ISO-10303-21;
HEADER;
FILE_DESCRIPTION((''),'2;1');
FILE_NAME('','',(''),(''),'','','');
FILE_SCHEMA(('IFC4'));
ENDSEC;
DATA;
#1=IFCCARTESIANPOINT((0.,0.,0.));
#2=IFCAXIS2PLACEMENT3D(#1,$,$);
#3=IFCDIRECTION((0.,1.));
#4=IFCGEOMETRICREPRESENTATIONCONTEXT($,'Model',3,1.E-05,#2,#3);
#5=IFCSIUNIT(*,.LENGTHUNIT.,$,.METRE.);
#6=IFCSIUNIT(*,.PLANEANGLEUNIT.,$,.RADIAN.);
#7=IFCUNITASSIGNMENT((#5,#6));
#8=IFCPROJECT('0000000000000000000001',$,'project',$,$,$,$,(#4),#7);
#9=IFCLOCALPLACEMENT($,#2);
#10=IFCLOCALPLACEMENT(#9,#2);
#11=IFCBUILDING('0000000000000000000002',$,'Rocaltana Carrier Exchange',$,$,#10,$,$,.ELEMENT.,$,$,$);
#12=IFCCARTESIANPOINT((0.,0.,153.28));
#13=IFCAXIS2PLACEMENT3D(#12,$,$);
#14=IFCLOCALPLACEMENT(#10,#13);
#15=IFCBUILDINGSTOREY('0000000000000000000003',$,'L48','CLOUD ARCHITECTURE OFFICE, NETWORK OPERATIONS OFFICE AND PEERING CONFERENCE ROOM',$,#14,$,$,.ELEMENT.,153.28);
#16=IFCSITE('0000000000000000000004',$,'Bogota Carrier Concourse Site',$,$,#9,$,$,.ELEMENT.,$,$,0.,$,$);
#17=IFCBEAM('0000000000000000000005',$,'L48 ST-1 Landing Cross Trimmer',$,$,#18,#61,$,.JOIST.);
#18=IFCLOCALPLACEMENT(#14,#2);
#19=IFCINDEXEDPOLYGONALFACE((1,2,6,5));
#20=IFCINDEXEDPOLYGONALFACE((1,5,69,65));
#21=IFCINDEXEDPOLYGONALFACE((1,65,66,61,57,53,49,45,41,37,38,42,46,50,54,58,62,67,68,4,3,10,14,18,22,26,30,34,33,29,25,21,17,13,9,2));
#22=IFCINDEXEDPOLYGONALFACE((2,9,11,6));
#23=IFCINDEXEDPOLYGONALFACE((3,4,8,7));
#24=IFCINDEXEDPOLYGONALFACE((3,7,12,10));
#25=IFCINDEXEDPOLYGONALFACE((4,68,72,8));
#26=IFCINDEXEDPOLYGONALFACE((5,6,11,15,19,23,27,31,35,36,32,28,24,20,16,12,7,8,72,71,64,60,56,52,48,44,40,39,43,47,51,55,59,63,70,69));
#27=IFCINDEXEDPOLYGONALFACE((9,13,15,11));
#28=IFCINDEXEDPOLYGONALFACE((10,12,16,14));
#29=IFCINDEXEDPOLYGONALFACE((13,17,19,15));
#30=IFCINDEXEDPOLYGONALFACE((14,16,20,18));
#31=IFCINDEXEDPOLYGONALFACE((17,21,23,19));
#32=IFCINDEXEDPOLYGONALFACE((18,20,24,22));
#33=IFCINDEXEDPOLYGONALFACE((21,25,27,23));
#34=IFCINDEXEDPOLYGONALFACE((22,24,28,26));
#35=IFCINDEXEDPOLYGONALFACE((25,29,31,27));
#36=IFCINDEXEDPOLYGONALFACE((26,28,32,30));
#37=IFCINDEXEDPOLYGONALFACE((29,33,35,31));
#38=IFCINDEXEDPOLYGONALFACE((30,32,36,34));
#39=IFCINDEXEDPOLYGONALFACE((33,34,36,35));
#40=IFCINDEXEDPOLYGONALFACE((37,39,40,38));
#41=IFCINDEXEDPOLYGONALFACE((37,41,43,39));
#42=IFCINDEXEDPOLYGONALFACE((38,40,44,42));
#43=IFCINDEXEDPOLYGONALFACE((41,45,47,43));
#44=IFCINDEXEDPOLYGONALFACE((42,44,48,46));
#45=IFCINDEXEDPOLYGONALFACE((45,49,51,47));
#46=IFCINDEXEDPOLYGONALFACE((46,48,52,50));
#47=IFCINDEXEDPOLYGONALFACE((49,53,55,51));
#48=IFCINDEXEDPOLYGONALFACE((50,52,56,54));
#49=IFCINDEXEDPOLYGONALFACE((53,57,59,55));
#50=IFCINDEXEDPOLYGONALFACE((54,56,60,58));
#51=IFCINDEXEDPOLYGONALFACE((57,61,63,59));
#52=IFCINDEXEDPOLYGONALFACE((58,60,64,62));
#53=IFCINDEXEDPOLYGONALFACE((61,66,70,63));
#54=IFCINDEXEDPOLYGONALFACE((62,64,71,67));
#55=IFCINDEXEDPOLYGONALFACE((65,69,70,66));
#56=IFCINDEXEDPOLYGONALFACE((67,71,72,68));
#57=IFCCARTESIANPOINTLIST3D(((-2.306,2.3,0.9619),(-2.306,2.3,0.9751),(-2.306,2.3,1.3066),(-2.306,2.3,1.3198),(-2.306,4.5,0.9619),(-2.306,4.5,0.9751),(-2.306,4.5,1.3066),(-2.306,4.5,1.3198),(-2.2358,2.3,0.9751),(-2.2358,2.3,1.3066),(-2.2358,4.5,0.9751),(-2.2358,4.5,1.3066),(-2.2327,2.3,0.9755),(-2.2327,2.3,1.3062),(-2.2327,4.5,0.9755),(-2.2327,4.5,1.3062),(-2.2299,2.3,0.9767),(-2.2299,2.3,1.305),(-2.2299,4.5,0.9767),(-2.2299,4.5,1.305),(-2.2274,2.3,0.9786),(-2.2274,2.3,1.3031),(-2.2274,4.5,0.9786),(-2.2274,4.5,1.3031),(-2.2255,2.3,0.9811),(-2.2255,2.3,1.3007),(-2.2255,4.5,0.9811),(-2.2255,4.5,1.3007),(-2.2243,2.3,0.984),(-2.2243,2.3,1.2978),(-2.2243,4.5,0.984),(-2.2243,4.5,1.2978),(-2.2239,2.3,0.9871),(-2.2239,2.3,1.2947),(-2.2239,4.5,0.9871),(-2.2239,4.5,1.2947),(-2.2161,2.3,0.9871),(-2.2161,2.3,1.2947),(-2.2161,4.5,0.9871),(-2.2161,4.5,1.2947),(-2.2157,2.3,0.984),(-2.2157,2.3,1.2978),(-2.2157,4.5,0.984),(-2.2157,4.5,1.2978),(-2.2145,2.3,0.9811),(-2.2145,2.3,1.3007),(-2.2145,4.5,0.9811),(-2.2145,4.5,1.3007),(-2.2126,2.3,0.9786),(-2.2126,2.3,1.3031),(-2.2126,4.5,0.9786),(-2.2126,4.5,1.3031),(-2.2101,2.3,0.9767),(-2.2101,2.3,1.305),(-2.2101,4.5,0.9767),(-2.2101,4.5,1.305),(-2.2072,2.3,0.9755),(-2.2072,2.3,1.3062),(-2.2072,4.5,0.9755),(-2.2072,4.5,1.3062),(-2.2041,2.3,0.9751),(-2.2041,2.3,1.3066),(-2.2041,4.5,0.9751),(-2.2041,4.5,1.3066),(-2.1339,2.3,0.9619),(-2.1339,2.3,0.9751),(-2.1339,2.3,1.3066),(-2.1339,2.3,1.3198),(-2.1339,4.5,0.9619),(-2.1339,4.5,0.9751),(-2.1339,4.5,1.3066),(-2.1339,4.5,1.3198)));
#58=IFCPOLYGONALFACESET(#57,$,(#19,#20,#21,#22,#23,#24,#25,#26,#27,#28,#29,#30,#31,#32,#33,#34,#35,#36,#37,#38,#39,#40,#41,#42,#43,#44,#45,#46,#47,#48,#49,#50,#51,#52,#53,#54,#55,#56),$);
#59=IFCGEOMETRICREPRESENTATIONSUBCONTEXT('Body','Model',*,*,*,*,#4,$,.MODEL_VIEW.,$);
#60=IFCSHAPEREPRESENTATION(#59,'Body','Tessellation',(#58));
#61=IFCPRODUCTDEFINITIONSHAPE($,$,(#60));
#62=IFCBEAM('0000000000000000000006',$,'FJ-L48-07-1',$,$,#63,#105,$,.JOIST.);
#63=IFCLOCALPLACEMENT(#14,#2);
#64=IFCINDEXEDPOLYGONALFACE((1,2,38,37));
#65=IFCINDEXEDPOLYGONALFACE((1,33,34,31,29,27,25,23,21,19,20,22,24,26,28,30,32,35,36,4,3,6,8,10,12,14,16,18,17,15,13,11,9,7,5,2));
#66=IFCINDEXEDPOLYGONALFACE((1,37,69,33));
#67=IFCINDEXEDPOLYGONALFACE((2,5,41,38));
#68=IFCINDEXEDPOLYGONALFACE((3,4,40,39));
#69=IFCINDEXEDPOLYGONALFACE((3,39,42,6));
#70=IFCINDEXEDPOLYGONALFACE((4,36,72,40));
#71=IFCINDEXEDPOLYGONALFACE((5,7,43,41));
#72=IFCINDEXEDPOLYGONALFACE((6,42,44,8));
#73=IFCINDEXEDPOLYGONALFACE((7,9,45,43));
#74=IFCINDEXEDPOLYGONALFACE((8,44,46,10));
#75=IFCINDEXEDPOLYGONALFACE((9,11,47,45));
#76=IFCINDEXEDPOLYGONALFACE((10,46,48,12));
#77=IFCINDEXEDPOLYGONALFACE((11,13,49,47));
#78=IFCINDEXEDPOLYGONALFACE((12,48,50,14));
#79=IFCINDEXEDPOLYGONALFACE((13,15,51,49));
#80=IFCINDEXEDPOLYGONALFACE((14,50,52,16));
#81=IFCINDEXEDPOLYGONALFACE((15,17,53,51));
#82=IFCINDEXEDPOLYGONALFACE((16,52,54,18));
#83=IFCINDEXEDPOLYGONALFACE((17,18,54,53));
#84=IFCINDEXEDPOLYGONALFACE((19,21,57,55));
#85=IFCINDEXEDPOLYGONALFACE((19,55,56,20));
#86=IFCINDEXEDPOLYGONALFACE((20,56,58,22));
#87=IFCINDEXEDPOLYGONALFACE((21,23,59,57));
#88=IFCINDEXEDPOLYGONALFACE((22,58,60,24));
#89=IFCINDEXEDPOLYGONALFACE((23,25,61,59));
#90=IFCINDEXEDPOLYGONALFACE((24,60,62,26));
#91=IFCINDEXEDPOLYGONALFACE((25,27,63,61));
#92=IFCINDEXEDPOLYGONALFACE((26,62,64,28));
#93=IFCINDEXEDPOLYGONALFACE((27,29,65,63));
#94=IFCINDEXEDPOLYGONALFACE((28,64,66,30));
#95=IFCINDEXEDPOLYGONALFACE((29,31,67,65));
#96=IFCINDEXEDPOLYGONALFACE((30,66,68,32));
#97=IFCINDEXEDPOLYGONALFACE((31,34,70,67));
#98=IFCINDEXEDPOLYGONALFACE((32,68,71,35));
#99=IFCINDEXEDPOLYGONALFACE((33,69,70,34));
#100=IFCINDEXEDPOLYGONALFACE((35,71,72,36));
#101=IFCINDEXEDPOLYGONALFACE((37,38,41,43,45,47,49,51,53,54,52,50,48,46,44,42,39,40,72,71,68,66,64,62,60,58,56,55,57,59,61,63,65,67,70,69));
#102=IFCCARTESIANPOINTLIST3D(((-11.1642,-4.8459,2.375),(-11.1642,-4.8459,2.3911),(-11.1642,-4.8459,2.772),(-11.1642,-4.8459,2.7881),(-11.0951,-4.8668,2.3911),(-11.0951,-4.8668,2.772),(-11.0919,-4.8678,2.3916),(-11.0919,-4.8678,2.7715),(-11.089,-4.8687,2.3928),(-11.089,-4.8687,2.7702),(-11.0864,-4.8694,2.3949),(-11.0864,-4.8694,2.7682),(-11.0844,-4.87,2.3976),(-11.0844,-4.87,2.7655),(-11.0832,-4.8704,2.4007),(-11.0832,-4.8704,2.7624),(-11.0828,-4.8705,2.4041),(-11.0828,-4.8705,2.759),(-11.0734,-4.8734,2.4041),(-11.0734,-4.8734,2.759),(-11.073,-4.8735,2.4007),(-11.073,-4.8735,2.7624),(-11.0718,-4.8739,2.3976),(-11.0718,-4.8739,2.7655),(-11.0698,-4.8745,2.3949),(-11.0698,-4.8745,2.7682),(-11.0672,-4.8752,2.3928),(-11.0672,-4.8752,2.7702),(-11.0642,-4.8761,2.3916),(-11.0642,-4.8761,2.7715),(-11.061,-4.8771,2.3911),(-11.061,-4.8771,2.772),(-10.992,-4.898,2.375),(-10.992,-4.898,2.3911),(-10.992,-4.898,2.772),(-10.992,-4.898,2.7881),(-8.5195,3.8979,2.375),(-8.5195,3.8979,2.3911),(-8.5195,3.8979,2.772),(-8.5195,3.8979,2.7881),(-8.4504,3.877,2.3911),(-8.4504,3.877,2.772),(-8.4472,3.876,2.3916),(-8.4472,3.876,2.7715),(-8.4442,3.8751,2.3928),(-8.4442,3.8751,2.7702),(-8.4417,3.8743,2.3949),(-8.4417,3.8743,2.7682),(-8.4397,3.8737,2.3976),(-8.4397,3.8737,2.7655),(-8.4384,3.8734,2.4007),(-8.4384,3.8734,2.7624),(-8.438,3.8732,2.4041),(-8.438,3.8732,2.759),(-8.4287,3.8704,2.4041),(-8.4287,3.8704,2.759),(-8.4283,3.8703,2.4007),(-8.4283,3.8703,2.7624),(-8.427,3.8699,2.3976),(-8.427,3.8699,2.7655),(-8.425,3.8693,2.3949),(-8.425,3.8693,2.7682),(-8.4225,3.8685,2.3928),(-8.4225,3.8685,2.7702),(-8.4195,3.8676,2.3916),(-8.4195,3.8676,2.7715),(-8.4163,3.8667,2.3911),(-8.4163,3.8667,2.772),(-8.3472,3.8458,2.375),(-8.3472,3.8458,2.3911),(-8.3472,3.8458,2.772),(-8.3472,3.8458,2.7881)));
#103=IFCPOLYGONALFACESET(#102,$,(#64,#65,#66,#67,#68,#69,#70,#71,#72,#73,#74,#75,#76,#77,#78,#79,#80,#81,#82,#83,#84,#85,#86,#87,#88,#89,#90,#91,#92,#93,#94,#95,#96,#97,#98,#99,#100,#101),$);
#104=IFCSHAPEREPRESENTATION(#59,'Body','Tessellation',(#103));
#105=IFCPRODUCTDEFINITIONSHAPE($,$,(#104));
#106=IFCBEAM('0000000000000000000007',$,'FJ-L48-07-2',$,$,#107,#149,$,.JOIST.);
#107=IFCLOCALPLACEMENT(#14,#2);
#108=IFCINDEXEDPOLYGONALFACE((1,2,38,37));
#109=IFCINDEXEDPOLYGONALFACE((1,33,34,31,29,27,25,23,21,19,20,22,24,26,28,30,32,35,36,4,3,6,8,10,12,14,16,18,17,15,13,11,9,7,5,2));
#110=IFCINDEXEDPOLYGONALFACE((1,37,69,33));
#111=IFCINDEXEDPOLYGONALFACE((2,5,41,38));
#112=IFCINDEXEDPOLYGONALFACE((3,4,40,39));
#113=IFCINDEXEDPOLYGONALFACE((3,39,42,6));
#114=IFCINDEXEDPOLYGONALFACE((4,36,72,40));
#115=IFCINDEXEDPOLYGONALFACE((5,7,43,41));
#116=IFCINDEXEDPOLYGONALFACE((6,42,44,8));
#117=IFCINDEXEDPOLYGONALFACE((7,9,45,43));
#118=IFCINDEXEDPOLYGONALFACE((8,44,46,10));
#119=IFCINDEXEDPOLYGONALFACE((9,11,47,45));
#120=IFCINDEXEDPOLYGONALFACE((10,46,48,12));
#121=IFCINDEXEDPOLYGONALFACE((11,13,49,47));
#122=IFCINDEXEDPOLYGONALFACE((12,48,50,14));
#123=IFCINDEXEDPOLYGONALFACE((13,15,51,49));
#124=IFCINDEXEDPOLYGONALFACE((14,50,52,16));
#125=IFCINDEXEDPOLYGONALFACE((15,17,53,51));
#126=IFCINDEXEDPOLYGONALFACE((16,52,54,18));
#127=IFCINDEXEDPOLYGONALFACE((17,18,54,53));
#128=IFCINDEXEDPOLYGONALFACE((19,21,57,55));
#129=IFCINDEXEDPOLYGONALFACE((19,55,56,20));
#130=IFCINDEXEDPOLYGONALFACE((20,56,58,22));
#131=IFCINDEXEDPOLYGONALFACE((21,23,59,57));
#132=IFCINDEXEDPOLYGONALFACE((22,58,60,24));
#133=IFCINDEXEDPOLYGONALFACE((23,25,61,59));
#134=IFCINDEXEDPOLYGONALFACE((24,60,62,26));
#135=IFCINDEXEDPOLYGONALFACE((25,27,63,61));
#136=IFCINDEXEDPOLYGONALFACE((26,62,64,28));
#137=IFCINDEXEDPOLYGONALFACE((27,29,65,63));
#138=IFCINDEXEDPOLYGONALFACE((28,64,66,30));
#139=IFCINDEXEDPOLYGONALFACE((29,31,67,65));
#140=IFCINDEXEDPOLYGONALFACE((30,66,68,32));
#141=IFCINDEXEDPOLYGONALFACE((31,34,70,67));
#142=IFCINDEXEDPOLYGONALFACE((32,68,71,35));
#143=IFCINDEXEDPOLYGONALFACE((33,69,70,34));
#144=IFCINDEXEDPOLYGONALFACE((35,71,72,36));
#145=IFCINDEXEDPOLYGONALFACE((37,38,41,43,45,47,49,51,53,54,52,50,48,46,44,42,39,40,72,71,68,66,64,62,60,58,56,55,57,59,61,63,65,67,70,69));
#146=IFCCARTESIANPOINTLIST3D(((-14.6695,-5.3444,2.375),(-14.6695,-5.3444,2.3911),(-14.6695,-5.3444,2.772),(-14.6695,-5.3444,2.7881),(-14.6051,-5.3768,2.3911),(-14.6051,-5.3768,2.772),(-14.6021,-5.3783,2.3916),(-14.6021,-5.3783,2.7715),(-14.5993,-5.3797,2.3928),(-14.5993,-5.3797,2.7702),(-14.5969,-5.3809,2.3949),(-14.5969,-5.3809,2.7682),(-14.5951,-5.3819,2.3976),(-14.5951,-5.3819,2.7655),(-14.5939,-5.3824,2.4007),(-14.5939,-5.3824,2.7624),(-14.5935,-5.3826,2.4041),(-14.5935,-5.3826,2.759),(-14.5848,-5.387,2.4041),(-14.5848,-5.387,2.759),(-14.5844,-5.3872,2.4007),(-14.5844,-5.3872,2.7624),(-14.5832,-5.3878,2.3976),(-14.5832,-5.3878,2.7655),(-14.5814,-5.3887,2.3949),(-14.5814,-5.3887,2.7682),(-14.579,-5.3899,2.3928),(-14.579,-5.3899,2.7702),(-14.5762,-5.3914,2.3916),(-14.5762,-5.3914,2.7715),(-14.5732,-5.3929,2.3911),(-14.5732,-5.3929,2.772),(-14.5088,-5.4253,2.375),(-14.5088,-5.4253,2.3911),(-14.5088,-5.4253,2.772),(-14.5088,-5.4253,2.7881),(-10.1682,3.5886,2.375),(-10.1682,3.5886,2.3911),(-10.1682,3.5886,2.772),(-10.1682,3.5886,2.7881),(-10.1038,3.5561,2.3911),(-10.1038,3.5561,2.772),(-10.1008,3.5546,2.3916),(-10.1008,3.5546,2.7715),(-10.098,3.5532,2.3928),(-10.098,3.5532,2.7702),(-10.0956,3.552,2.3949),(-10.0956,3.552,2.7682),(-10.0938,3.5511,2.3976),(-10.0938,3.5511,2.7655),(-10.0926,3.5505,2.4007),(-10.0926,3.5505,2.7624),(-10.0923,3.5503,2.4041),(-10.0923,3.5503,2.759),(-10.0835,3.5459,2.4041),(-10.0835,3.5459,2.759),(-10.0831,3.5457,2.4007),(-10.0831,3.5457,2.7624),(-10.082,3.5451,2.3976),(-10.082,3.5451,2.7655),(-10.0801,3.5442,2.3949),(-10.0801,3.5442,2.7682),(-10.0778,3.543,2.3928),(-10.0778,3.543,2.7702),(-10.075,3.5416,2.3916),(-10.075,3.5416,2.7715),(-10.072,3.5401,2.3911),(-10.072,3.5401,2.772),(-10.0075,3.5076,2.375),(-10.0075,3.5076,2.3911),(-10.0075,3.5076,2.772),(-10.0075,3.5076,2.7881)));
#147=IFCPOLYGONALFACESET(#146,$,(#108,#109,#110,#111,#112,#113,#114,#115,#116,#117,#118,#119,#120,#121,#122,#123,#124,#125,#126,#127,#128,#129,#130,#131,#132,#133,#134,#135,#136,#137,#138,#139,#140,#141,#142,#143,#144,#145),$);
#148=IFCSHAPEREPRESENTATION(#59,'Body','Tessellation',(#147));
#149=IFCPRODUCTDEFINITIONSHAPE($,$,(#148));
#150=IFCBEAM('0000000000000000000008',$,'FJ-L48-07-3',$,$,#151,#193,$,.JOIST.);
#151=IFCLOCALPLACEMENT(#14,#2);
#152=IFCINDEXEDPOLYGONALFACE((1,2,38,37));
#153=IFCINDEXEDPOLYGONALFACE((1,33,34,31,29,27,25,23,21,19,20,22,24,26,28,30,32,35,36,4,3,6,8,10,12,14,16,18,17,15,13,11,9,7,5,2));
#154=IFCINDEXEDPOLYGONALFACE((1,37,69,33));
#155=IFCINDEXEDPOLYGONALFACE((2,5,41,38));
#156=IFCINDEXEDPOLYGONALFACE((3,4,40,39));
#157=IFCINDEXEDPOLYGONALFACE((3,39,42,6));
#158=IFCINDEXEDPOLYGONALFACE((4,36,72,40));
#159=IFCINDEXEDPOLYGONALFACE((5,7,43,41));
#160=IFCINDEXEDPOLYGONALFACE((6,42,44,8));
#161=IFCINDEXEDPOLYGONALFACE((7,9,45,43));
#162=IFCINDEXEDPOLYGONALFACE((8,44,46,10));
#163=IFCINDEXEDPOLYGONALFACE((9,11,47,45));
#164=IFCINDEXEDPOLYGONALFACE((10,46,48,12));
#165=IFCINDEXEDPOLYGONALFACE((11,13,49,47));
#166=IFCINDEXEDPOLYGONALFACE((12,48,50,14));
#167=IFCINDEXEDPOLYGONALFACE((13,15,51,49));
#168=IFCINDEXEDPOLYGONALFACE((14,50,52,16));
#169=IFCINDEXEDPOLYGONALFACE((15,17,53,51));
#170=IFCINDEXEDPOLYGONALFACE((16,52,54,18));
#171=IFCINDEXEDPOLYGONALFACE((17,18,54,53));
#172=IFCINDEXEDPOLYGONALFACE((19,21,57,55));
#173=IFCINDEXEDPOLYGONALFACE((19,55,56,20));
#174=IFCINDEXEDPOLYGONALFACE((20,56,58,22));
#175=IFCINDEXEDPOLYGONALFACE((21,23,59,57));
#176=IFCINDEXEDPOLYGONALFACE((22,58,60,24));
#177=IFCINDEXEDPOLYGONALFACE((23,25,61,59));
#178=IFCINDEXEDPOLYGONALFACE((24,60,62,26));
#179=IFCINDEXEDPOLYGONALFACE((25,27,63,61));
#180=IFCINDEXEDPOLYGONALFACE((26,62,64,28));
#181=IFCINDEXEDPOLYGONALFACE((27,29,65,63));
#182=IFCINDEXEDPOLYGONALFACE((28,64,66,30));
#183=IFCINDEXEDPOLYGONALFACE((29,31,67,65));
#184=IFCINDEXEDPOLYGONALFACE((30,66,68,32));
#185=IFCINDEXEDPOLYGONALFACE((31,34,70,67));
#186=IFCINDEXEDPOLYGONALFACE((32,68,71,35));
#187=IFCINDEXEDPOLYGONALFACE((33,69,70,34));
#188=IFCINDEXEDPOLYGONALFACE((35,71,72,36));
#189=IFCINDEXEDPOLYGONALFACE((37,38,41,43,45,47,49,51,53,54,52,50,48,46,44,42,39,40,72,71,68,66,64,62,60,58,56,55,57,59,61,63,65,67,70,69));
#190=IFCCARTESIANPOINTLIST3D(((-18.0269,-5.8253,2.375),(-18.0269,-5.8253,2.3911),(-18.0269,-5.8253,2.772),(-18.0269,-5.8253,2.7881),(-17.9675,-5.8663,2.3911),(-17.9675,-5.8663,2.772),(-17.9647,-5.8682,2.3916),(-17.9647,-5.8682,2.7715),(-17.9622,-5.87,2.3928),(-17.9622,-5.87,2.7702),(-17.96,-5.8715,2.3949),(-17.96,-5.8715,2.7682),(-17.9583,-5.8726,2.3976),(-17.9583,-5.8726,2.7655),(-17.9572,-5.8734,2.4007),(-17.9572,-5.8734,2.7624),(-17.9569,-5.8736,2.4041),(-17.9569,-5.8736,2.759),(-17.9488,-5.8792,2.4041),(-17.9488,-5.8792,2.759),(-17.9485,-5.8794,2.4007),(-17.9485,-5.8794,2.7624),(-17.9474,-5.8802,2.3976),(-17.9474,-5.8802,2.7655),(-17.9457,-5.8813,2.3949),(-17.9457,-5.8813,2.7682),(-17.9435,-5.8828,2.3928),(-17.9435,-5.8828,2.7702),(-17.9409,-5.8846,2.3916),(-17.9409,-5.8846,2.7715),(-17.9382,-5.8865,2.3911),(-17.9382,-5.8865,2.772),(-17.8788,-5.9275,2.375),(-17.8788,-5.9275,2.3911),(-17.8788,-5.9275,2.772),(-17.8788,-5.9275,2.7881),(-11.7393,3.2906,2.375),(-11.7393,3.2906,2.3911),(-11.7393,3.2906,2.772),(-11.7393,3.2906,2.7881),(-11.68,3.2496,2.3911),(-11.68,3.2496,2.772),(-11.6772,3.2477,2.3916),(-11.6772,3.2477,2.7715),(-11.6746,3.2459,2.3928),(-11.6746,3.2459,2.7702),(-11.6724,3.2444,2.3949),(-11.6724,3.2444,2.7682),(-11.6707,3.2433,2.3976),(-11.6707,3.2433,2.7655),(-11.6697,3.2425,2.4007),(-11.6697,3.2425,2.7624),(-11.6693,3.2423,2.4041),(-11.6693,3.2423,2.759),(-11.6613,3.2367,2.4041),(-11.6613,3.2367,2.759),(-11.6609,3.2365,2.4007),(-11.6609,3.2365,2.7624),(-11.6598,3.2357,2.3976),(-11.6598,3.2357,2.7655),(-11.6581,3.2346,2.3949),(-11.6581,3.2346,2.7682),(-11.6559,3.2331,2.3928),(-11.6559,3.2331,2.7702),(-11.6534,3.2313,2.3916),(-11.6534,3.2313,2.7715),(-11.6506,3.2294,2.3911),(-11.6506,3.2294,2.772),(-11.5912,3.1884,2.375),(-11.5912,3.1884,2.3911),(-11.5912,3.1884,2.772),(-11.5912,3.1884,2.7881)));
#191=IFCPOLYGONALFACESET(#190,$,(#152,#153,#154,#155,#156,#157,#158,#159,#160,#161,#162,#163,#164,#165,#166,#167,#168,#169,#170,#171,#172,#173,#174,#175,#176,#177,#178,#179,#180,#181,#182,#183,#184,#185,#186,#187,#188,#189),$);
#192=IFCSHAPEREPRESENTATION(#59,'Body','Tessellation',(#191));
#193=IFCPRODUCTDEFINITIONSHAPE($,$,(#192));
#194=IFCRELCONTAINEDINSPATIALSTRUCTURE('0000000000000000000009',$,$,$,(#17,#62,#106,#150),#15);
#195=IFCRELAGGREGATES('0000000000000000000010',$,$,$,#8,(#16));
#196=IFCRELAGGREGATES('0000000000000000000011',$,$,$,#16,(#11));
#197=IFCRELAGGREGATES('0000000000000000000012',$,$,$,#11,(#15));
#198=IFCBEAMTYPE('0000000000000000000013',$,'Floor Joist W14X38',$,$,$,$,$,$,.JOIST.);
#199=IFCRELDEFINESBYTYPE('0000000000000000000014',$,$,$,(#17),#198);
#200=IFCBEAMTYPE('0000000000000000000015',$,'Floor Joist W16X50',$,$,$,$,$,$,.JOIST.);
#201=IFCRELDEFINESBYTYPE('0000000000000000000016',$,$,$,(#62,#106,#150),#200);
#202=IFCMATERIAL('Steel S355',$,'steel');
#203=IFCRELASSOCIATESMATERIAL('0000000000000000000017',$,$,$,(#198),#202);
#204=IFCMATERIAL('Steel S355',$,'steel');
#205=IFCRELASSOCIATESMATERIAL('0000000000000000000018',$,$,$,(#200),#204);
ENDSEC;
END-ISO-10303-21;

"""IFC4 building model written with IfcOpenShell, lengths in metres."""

from ifc_helpers import new_model, si_unit, direction, frame, origin, origin_2d, place, context, subcontext, project, spatial, i_section, extrude, material, material_profile, profile_set, type_object, element, save


model = new_model("IFC4")

# Units and contexts
model_context = context("Model", 3, precision=1e-05, world=origin(), true_north=direction((0.0, 1.0)))
body_context = subcontext(model_context, "Body", "Model", "MODEL_VIEW")
ifc_project = project(units=[si_unit("LENGTHUNIT", "METRE"), si_unit("PLANEANGLEUNIT", "RADIAN")], contexts=[model_context])

# Site, building, storey
site_placement = place(None, origin())
site = spatial("IfcSite", under=ifc_project, at=site_placement, Name="Bogota Carrier Concourse Site", CompositionType="ELEMENT", RefElevation=0.0)
building_placement = place(site_placement, origin())
building = spatial("IfcBuilding", under=site, at=building_placement, Name="Rocaltana Carrier Exchange", CompositionType="ELEMENT")
storey_placement = place(building_placement, frame((0.0, 0.0, 153.28)))
storey = spatial("IfcBuildingStorey", under=building, at=storey_placement, Name="L48", Description="CLOUD ARCHITECTURE OFFICE, NETWORK OPERATIONS OFFICE AND PEERING CONFERENCE ROOM", CompositionType="ELEMENT", Elevation=153.28)

# Beams
ifc_material_1 = material(Name="Steel S355", Category="steel")
ifc_material_profile_1 = material_profile(ifc_material_1, i_section(OverallWidth=0.1721, OverallDepth=0.3579, WebThickness=0.0078, FlangeThickness=0.0132, FilletRadius=0.012, at=origin_2d()), Name="W14X38")
ifc_profile_set_1 = profile_set([ifc_material_profile_1], Name="Steel S355")
beam_type_1 = type_object("IfcBeamType", Name="Floor Joist W14X38", PredefinedType="JOIST", material=ifc_profile_set_1)
beam_1_placement = place(storey_placement, frame((-2.22, 2.3, 1.1409), z_axis=(0.0, 1.0, 0.0), x_axis=(-1.0, 0.0, 0.0)))
element("IfcBeam", 1, at=beam_1_placement, inside=storey, type_object=beam_type_1, Name="L48 ST-1 Landing Cross Trimmer", PredefinedType="JOIST", context=body_context, shape_type="SweptSolid", body=[
    extrude(i_section(OverallWidth=0.1721, OverallDepth=0.3579, WebThickness=0.0078, FlangeThickness=0.0132, FilletRadius=0.012, at=origin_2d()), origin(), (0.0, 0.0, 1.0), 2.2),
])
ifc_material_2 = material(Name="Steel S355", Category="steel")
ifc_material_profile_2 = material_profile(ifc_material_2, i_section(OverallWidth=0.1799, OverallDepth=0.4131, WebThickness=0.0098, FlangeThickness=0.0161, FilletRadius=0.0129, at=origin_2d()), Name="W16X50")
ifc_profile_set_2 = profile_set([ifc_material_profile_2], Name="Steel S355")
beam_type_2 = type_object("IfcBeamType", Name="Floor Joist W16X50", PredefinedType="JOIST", material=ifc_profile_set_2)
beam_2_placement = place(storey_placement, frame((-8.4333, 3.8718, 2.5815), z_axis=(-0.289517, -0.957173, 0.0), x_axis=(0.957173, -0.289517, 0.0)))
element("IfcBeam", 2, at=beam_2_placement, inside=storey, type_object=beam_type_2, Name="FJ-L48-07-1", PredefinedType="JOIST", context=body_context, shape_type="SweptSolid", body=[
    extrude(i_section(OverallWidth=0.1799, OverallDepth=0.4131, WebThickness=0.0098, FlangeThickness=0.0161, FilletRadius=0.0129, at=origin_2d()), origin(), (0.0, 0.0, 1.0), 9.135),
])
beam_3_placement = place(storey_placement, frame((-10.0879, 3.5481, 2.5815), z_axis=(-0.449994, -0.893032, 0.0), x_axis=(0.893032, -0.449994, 0.0)))
element("IfcBeam", 3, at=beam_3_placement, inside=storey, type_object=beam_type_2, Name="FJ-L48-07-2", PredefinedType="JOIST", context=body_context, shape_type="SweptSolid", body=[
    extrude(i_section(OverallWidth=0.1799, OverallDepth=0.4131, WebThickness=0.0098, FlangeThickness=0.0161, FilletRadius=0.0129, at=origin_2d()), origin(), (0.0, 0.0, 1.0), 10.0029),
])
beam_4_placement = place(storey_placement, frame((-11.6653, 3.2395, 2.5815), z_axis=(-0.567777, -0.823182, 0.0), x_axis=(0.823182, -0.567777, 0.0)))
element("IfcBeam", 4, at=beam_4_placement, inside=storey, type_object=beam_type_2, Name="FJ-L48-07-3", PredefinedType="JOIST", context=body_context, shape_type="SweptSolid", body=[
    extrude(i_section(OverallWidth=0.1799, OverallDepth=0.4131, WebThickness=0.0098, FlangeThickness=0.0161, FilletRadius=0.0129, at=origin_2d()), origin(), (0.0, 0.0, 1.0), 11.074),
])

save(model, "model.ifc")
